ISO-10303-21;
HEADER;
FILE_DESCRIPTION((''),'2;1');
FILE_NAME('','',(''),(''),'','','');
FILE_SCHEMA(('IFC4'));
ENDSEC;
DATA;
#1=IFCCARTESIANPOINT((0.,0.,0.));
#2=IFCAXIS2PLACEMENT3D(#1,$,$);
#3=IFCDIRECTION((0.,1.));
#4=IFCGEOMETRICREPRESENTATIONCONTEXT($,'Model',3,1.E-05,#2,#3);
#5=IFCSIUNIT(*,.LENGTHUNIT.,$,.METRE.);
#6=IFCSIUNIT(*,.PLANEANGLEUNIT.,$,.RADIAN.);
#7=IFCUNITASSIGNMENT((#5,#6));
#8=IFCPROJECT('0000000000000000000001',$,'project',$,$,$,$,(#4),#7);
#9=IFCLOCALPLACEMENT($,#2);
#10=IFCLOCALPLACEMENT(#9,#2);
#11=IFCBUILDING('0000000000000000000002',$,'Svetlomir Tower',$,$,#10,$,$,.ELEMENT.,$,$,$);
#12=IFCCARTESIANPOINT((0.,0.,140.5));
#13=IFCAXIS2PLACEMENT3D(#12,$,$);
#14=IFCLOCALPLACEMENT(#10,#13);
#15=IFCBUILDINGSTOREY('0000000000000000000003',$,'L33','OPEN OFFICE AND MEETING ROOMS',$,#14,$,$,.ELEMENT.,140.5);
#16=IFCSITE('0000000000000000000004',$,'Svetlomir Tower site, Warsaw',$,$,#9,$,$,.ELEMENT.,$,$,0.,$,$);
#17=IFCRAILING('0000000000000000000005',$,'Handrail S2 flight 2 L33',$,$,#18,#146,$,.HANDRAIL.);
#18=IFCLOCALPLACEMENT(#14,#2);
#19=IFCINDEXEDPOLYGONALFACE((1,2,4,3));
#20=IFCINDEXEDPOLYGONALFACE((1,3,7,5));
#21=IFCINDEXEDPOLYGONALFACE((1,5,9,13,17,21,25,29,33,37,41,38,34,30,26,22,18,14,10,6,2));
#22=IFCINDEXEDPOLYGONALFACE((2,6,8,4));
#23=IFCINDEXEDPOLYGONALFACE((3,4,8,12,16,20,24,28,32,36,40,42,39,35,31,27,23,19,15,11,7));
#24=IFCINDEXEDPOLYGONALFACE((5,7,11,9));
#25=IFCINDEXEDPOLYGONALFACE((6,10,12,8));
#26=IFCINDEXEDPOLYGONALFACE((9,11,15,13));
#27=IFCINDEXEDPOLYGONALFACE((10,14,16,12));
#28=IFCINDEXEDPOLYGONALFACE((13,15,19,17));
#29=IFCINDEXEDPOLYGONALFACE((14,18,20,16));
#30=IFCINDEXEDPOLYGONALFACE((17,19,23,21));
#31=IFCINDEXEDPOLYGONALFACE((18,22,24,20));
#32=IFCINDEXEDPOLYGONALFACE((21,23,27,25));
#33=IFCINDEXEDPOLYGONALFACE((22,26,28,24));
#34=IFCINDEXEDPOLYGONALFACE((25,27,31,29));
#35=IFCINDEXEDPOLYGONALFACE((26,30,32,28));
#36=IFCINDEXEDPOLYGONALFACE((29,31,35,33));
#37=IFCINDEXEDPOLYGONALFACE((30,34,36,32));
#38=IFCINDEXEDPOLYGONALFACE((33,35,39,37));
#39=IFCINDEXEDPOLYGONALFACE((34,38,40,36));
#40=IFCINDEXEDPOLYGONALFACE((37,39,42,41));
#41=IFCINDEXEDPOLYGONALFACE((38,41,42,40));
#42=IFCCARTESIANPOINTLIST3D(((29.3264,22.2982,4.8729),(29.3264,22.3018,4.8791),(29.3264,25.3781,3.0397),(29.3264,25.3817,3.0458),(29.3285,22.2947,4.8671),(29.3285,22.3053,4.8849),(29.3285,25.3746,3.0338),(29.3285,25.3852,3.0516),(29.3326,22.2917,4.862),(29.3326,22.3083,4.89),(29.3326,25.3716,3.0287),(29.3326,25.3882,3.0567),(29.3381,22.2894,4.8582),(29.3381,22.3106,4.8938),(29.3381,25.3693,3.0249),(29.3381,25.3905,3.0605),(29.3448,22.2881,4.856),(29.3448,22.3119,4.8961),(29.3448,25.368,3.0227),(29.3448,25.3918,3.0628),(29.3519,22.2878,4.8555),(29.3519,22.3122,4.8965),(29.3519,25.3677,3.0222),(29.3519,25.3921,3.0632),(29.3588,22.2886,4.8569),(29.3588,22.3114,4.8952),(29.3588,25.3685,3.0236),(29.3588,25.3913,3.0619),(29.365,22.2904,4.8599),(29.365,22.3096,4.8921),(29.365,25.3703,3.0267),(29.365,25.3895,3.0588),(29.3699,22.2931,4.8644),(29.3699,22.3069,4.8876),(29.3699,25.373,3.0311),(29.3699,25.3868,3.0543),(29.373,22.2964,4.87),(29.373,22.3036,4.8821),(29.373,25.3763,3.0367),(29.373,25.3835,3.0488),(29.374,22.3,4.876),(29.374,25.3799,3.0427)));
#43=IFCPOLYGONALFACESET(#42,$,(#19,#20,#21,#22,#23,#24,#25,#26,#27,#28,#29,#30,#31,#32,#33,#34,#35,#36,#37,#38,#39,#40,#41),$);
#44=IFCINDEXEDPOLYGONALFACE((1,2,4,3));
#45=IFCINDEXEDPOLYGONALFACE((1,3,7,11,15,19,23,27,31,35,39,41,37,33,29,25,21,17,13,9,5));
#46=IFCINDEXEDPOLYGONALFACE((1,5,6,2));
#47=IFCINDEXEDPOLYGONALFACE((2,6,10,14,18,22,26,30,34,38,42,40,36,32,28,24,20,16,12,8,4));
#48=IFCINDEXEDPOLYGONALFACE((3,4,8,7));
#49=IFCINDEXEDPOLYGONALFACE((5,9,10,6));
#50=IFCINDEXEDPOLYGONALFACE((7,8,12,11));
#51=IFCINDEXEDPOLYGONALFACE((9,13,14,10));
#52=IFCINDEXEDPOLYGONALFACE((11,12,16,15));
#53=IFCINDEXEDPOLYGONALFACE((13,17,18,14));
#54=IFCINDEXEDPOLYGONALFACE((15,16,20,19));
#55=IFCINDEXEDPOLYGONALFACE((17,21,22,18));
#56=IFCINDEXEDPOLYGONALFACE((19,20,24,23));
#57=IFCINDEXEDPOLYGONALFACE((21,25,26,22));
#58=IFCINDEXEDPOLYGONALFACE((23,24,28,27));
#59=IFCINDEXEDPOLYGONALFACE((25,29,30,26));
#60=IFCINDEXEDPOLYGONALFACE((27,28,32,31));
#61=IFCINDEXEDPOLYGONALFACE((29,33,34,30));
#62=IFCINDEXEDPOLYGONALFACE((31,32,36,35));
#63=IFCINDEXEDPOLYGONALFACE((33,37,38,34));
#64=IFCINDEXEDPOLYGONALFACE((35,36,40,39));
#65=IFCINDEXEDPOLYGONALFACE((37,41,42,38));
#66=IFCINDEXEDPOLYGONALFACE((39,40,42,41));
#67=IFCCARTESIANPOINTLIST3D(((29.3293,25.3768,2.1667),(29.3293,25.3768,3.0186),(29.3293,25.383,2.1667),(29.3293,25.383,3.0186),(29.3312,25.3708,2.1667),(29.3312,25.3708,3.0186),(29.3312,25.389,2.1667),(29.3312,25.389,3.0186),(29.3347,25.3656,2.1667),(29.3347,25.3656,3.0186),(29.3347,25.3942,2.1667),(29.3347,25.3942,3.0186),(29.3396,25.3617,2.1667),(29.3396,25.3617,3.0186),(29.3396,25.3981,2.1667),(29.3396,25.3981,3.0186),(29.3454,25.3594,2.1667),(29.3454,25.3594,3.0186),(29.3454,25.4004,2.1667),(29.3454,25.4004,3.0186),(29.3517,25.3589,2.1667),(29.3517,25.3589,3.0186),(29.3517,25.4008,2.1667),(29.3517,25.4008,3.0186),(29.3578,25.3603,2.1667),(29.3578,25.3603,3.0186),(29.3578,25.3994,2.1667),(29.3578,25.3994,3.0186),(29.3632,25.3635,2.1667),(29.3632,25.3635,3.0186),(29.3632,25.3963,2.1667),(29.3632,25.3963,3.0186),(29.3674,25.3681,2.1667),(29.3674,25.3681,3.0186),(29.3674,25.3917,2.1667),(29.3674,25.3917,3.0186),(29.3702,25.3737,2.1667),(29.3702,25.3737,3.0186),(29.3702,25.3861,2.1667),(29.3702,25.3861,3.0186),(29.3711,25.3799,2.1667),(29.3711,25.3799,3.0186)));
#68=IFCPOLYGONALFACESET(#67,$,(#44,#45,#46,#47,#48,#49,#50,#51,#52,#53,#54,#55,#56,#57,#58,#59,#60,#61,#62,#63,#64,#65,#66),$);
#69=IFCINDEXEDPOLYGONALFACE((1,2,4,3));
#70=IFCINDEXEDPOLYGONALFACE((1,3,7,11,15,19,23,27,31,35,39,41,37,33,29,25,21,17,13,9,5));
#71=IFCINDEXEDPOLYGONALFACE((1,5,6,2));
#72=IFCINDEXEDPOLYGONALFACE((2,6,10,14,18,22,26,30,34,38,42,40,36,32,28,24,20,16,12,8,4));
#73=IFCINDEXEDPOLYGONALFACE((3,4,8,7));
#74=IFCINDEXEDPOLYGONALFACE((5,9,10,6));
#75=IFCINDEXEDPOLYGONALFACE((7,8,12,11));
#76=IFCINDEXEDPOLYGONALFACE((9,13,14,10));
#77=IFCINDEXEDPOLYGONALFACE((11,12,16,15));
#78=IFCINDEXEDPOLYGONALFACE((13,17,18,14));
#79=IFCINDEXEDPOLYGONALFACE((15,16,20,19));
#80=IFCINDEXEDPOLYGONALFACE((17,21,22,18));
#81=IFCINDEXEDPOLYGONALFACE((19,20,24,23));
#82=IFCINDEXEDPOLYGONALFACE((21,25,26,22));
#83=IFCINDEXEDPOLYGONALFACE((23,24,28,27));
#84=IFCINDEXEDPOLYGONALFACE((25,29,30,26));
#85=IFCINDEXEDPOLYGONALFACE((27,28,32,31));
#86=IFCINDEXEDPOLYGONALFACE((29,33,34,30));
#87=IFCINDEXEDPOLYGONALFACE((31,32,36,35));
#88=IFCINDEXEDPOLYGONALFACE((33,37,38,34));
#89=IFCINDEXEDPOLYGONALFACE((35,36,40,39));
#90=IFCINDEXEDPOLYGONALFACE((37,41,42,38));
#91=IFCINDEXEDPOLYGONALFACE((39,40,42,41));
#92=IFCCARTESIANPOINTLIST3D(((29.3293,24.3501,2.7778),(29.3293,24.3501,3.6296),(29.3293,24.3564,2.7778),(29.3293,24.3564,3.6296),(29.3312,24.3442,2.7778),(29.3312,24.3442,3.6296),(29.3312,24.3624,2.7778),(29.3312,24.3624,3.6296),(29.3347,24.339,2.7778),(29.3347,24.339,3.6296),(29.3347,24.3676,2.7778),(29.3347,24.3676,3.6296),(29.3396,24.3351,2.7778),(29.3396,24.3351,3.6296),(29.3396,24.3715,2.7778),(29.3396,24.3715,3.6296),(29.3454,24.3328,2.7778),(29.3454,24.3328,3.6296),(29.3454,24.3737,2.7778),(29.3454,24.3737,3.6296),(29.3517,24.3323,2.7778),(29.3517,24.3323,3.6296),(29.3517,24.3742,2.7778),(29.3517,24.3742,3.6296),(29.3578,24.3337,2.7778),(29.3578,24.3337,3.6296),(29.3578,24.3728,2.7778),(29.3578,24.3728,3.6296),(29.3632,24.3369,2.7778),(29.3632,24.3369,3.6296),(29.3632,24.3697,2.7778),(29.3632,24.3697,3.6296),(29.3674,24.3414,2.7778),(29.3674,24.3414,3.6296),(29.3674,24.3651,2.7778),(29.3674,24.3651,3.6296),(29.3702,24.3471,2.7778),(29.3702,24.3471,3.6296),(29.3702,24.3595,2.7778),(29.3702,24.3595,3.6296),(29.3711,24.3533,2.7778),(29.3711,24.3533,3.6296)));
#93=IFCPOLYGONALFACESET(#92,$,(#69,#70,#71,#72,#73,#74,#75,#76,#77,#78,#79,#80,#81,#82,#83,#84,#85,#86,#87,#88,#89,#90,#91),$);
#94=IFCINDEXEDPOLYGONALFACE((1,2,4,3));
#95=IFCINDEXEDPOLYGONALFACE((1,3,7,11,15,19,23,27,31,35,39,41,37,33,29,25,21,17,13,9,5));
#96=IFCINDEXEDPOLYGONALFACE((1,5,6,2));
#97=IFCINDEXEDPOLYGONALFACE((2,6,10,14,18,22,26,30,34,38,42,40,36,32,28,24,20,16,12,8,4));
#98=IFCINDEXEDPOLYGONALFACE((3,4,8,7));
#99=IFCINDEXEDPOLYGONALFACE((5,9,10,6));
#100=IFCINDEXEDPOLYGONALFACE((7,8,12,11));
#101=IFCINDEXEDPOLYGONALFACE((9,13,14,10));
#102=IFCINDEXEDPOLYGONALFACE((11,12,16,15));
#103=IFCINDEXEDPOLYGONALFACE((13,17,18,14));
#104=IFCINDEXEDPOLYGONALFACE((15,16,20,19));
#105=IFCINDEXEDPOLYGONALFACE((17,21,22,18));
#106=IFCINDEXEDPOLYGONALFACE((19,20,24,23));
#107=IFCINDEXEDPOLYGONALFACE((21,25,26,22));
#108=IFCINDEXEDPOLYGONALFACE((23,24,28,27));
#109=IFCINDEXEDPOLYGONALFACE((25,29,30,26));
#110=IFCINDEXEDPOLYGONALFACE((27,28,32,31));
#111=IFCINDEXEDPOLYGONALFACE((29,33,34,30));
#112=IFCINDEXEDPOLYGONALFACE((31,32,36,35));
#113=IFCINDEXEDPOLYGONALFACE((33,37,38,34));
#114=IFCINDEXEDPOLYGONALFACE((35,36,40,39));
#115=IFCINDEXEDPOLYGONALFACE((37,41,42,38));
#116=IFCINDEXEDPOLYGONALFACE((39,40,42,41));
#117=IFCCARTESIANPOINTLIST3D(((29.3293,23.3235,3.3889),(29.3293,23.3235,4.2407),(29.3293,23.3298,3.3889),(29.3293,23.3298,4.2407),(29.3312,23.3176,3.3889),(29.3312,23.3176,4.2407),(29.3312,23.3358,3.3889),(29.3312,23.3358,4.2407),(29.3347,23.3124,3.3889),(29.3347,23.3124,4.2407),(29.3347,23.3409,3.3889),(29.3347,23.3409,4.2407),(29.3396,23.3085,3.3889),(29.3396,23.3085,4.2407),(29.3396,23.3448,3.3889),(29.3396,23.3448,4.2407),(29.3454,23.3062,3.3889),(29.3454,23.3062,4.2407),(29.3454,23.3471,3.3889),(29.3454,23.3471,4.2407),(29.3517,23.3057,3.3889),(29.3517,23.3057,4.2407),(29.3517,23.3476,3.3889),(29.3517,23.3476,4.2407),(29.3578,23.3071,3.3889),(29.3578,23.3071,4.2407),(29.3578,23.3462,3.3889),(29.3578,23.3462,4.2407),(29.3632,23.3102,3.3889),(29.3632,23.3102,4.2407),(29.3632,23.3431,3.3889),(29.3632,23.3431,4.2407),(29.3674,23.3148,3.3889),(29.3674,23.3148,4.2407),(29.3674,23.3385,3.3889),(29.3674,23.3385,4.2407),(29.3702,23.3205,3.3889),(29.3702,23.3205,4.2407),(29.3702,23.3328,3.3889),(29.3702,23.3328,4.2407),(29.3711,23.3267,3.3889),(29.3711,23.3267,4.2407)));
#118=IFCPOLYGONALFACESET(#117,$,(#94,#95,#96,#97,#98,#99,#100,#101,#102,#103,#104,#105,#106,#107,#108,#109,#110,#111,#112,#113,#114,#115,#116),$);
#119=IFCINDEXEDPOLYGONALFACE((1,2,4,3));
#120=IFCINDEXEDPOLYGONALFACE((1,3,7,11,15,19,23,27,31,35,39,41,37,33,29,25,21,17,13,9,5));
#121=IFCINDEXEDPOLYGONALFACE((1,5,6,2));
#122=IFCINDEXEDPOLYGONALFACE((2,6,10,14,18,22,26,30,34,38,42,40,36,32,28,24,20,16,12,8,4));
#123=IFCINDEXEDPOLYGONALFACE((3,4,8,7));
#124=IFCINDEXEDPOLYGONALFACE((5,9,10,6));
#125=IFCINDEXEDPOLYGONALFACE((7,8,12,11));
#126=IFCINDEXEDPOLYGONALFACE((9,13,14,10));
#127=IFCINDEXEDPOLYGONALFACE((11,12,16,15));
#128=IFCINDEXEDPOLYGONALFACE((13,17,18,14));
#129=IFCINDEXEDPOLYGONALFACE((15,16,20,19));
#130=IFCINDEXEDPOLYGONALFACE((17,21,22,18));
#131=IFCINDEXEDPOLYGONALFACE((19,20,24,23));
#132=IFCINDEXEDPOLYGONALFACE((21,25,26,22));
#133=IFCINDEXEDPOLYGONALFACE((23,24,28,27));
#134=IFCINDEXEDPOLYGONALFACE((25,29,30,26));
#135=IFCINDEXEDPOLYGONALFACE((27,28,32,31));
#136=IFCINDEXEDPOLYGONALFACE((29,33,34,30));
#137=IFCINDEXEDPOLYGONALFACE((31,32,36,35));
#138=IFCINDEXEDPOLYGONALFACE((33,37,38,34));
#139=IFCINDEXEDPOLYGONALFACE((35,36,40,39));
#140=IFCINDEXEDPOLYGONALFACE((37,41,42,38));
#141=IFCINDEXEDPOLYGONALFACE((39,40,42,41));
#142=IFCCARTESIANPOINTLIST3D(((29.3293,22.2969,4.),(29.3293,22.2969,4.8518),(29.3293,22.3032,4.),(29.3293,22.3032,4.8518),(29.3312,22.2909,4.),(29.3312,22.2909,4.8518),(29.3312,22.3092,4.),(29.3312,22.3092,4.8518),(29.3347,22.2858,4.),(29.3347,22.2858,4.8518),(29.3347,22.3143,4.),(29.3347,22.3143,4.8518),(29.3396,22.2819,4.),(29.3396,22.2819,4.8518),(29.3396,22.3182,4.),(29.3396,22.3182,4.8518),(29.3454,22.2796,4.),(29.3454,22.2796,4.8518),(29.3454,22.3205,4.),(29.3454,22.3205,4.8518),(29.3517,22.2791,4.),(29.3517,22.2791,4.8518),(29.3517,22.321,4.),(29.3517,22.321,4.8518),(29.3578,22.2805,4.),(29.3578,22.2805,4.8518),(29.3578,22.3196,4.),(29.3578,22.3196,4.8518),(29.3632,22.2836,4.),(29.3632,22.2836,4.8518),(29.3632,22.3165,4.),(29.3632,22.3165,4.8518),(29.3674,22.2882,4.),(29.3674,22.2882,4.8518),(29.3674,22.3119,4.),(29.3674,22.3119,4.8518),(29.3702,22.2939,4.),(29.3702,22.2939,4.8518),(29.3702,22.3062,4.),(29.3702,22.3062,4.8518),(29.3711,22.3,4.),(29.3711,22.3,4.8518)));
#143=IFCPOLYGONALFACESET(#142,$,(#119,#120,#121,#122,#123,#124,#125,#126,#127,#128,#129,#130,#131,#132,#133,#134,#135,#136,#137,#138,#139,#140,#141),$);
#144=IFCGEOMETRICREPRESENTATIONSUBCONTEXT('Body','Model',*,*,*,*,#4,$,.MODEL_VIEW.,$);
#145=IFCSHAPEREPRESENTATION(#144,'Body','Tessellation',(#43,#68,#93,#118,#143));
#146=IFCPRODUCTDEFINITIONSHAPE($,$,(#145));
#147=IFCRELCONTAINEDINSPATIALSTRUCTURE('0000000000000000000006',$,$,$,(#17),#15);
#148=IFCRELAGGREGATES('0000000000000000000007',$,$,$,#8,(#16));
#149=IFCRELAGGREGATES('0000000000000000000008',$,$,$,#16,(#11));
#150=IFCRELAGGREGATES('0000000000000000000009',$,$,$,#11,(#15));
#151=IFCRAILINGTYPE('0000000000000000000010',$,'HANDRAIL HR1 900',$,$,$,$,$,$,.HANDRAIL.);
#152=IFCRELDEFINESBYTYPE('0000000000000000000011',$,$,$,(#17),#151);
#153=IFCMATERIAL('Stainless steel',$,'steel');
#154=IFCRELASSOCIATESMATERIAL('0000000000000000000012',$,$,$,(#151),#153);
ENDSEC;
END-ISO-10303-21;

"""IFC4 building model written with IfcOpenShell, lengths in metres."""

from ifc_helpers import new_model, si_unit, direction, frame, origin, origin_2d, place, context, subcontext, project, spatial, circle, extrude, material, type_object, element, save


model = new_model("IFC4")

# Units and contexts
model_context = context("Model", 3, precision=1e-05, world=origin(), true_north=direction((0.0, 1.0)))
body_context = subcontext(model_context, "Body", "Model", "MODEL_VIEW")
ifc_project = project(units=[si_unit("LENGTHUNIT", "METRE"), si_unit("PLANEANGLEUNIT", "RADIAN")], contexts=[model_context])

# Site, building, storey
site_placement = place(None, origin())
site = spatial("IfcSite", under=ifc_project, at=site_placement, Name="Svetlomir Tower site, Warsaw", CompositionType="ELEMENT", RefElevation=0.0)
building_placement = place(site_placement, origin())
building = spatial("IfcBuilding", under=site, at=building_placement, Name="Svetlomir Tower", CompositionType="ELEMENT")
storey_placement = place(building_placement, frame((0.0, 0.0, 140.5)))
storey = spatial("IfcBuildingStorey", under=building, at=storey_placement, Name="L33", Description="OPEN OFFICE AND MEETING ROOMS", CompositionType="ELEMENT", Elevation=140.5)

# Railing
ifc_material_1 = material(Name="Stainless steel", Category="steel")
railing_type = type_object("IfcRailingType", Name="HANDRAIL HR1 900", PredefinedType="HANDRAIL", material=ifc_material_1)
railing_1_placement = place(storey_placement, frame((29.3501, 25.3799, 2.1667)))
element("IfcRailing", 1, at=railing_1_placement, inside=storey, type_object=railing_type, Name="Handrail S2 flight 2 L33", PredefinedType="HANDRAIL", context=body_context, shape_type="SweptSolid", body=[
    extrude(circle(Radius=0.0239, at=origin_2d()), frame((0.0, 0.0, 0.876), z_axis=(0.0, -0.859291, 0.511487), x_axis=(1.0, 0.0, 0.0)), (0.0, 0.0, 1.0), 3.5842),
    extrude(circle(Radius=0.021, at=origin_2d()), origin(), (0.0, 0.0, 1.0), 0.8518),
    extrude(circle(Radius=0.021, at=origin_2d()), frame((0.0, -1.0266, 0.6111)), (0.0, 0.0, 1.0), 0.8518),
    extrude(circle(Radius=0.021, at=origin_2d()), frame((0.0, -2.0532, 1.2222)), (0.0, 0.0, 1.0), 0.8518),
    extrude(circle(Radius=0.021, at=origin_2d()), frame((0.0, -3.0798, 1.8333)), (0.0, 0.0, 1.0), 0.8518),
])

save(model, "model.ifc")
